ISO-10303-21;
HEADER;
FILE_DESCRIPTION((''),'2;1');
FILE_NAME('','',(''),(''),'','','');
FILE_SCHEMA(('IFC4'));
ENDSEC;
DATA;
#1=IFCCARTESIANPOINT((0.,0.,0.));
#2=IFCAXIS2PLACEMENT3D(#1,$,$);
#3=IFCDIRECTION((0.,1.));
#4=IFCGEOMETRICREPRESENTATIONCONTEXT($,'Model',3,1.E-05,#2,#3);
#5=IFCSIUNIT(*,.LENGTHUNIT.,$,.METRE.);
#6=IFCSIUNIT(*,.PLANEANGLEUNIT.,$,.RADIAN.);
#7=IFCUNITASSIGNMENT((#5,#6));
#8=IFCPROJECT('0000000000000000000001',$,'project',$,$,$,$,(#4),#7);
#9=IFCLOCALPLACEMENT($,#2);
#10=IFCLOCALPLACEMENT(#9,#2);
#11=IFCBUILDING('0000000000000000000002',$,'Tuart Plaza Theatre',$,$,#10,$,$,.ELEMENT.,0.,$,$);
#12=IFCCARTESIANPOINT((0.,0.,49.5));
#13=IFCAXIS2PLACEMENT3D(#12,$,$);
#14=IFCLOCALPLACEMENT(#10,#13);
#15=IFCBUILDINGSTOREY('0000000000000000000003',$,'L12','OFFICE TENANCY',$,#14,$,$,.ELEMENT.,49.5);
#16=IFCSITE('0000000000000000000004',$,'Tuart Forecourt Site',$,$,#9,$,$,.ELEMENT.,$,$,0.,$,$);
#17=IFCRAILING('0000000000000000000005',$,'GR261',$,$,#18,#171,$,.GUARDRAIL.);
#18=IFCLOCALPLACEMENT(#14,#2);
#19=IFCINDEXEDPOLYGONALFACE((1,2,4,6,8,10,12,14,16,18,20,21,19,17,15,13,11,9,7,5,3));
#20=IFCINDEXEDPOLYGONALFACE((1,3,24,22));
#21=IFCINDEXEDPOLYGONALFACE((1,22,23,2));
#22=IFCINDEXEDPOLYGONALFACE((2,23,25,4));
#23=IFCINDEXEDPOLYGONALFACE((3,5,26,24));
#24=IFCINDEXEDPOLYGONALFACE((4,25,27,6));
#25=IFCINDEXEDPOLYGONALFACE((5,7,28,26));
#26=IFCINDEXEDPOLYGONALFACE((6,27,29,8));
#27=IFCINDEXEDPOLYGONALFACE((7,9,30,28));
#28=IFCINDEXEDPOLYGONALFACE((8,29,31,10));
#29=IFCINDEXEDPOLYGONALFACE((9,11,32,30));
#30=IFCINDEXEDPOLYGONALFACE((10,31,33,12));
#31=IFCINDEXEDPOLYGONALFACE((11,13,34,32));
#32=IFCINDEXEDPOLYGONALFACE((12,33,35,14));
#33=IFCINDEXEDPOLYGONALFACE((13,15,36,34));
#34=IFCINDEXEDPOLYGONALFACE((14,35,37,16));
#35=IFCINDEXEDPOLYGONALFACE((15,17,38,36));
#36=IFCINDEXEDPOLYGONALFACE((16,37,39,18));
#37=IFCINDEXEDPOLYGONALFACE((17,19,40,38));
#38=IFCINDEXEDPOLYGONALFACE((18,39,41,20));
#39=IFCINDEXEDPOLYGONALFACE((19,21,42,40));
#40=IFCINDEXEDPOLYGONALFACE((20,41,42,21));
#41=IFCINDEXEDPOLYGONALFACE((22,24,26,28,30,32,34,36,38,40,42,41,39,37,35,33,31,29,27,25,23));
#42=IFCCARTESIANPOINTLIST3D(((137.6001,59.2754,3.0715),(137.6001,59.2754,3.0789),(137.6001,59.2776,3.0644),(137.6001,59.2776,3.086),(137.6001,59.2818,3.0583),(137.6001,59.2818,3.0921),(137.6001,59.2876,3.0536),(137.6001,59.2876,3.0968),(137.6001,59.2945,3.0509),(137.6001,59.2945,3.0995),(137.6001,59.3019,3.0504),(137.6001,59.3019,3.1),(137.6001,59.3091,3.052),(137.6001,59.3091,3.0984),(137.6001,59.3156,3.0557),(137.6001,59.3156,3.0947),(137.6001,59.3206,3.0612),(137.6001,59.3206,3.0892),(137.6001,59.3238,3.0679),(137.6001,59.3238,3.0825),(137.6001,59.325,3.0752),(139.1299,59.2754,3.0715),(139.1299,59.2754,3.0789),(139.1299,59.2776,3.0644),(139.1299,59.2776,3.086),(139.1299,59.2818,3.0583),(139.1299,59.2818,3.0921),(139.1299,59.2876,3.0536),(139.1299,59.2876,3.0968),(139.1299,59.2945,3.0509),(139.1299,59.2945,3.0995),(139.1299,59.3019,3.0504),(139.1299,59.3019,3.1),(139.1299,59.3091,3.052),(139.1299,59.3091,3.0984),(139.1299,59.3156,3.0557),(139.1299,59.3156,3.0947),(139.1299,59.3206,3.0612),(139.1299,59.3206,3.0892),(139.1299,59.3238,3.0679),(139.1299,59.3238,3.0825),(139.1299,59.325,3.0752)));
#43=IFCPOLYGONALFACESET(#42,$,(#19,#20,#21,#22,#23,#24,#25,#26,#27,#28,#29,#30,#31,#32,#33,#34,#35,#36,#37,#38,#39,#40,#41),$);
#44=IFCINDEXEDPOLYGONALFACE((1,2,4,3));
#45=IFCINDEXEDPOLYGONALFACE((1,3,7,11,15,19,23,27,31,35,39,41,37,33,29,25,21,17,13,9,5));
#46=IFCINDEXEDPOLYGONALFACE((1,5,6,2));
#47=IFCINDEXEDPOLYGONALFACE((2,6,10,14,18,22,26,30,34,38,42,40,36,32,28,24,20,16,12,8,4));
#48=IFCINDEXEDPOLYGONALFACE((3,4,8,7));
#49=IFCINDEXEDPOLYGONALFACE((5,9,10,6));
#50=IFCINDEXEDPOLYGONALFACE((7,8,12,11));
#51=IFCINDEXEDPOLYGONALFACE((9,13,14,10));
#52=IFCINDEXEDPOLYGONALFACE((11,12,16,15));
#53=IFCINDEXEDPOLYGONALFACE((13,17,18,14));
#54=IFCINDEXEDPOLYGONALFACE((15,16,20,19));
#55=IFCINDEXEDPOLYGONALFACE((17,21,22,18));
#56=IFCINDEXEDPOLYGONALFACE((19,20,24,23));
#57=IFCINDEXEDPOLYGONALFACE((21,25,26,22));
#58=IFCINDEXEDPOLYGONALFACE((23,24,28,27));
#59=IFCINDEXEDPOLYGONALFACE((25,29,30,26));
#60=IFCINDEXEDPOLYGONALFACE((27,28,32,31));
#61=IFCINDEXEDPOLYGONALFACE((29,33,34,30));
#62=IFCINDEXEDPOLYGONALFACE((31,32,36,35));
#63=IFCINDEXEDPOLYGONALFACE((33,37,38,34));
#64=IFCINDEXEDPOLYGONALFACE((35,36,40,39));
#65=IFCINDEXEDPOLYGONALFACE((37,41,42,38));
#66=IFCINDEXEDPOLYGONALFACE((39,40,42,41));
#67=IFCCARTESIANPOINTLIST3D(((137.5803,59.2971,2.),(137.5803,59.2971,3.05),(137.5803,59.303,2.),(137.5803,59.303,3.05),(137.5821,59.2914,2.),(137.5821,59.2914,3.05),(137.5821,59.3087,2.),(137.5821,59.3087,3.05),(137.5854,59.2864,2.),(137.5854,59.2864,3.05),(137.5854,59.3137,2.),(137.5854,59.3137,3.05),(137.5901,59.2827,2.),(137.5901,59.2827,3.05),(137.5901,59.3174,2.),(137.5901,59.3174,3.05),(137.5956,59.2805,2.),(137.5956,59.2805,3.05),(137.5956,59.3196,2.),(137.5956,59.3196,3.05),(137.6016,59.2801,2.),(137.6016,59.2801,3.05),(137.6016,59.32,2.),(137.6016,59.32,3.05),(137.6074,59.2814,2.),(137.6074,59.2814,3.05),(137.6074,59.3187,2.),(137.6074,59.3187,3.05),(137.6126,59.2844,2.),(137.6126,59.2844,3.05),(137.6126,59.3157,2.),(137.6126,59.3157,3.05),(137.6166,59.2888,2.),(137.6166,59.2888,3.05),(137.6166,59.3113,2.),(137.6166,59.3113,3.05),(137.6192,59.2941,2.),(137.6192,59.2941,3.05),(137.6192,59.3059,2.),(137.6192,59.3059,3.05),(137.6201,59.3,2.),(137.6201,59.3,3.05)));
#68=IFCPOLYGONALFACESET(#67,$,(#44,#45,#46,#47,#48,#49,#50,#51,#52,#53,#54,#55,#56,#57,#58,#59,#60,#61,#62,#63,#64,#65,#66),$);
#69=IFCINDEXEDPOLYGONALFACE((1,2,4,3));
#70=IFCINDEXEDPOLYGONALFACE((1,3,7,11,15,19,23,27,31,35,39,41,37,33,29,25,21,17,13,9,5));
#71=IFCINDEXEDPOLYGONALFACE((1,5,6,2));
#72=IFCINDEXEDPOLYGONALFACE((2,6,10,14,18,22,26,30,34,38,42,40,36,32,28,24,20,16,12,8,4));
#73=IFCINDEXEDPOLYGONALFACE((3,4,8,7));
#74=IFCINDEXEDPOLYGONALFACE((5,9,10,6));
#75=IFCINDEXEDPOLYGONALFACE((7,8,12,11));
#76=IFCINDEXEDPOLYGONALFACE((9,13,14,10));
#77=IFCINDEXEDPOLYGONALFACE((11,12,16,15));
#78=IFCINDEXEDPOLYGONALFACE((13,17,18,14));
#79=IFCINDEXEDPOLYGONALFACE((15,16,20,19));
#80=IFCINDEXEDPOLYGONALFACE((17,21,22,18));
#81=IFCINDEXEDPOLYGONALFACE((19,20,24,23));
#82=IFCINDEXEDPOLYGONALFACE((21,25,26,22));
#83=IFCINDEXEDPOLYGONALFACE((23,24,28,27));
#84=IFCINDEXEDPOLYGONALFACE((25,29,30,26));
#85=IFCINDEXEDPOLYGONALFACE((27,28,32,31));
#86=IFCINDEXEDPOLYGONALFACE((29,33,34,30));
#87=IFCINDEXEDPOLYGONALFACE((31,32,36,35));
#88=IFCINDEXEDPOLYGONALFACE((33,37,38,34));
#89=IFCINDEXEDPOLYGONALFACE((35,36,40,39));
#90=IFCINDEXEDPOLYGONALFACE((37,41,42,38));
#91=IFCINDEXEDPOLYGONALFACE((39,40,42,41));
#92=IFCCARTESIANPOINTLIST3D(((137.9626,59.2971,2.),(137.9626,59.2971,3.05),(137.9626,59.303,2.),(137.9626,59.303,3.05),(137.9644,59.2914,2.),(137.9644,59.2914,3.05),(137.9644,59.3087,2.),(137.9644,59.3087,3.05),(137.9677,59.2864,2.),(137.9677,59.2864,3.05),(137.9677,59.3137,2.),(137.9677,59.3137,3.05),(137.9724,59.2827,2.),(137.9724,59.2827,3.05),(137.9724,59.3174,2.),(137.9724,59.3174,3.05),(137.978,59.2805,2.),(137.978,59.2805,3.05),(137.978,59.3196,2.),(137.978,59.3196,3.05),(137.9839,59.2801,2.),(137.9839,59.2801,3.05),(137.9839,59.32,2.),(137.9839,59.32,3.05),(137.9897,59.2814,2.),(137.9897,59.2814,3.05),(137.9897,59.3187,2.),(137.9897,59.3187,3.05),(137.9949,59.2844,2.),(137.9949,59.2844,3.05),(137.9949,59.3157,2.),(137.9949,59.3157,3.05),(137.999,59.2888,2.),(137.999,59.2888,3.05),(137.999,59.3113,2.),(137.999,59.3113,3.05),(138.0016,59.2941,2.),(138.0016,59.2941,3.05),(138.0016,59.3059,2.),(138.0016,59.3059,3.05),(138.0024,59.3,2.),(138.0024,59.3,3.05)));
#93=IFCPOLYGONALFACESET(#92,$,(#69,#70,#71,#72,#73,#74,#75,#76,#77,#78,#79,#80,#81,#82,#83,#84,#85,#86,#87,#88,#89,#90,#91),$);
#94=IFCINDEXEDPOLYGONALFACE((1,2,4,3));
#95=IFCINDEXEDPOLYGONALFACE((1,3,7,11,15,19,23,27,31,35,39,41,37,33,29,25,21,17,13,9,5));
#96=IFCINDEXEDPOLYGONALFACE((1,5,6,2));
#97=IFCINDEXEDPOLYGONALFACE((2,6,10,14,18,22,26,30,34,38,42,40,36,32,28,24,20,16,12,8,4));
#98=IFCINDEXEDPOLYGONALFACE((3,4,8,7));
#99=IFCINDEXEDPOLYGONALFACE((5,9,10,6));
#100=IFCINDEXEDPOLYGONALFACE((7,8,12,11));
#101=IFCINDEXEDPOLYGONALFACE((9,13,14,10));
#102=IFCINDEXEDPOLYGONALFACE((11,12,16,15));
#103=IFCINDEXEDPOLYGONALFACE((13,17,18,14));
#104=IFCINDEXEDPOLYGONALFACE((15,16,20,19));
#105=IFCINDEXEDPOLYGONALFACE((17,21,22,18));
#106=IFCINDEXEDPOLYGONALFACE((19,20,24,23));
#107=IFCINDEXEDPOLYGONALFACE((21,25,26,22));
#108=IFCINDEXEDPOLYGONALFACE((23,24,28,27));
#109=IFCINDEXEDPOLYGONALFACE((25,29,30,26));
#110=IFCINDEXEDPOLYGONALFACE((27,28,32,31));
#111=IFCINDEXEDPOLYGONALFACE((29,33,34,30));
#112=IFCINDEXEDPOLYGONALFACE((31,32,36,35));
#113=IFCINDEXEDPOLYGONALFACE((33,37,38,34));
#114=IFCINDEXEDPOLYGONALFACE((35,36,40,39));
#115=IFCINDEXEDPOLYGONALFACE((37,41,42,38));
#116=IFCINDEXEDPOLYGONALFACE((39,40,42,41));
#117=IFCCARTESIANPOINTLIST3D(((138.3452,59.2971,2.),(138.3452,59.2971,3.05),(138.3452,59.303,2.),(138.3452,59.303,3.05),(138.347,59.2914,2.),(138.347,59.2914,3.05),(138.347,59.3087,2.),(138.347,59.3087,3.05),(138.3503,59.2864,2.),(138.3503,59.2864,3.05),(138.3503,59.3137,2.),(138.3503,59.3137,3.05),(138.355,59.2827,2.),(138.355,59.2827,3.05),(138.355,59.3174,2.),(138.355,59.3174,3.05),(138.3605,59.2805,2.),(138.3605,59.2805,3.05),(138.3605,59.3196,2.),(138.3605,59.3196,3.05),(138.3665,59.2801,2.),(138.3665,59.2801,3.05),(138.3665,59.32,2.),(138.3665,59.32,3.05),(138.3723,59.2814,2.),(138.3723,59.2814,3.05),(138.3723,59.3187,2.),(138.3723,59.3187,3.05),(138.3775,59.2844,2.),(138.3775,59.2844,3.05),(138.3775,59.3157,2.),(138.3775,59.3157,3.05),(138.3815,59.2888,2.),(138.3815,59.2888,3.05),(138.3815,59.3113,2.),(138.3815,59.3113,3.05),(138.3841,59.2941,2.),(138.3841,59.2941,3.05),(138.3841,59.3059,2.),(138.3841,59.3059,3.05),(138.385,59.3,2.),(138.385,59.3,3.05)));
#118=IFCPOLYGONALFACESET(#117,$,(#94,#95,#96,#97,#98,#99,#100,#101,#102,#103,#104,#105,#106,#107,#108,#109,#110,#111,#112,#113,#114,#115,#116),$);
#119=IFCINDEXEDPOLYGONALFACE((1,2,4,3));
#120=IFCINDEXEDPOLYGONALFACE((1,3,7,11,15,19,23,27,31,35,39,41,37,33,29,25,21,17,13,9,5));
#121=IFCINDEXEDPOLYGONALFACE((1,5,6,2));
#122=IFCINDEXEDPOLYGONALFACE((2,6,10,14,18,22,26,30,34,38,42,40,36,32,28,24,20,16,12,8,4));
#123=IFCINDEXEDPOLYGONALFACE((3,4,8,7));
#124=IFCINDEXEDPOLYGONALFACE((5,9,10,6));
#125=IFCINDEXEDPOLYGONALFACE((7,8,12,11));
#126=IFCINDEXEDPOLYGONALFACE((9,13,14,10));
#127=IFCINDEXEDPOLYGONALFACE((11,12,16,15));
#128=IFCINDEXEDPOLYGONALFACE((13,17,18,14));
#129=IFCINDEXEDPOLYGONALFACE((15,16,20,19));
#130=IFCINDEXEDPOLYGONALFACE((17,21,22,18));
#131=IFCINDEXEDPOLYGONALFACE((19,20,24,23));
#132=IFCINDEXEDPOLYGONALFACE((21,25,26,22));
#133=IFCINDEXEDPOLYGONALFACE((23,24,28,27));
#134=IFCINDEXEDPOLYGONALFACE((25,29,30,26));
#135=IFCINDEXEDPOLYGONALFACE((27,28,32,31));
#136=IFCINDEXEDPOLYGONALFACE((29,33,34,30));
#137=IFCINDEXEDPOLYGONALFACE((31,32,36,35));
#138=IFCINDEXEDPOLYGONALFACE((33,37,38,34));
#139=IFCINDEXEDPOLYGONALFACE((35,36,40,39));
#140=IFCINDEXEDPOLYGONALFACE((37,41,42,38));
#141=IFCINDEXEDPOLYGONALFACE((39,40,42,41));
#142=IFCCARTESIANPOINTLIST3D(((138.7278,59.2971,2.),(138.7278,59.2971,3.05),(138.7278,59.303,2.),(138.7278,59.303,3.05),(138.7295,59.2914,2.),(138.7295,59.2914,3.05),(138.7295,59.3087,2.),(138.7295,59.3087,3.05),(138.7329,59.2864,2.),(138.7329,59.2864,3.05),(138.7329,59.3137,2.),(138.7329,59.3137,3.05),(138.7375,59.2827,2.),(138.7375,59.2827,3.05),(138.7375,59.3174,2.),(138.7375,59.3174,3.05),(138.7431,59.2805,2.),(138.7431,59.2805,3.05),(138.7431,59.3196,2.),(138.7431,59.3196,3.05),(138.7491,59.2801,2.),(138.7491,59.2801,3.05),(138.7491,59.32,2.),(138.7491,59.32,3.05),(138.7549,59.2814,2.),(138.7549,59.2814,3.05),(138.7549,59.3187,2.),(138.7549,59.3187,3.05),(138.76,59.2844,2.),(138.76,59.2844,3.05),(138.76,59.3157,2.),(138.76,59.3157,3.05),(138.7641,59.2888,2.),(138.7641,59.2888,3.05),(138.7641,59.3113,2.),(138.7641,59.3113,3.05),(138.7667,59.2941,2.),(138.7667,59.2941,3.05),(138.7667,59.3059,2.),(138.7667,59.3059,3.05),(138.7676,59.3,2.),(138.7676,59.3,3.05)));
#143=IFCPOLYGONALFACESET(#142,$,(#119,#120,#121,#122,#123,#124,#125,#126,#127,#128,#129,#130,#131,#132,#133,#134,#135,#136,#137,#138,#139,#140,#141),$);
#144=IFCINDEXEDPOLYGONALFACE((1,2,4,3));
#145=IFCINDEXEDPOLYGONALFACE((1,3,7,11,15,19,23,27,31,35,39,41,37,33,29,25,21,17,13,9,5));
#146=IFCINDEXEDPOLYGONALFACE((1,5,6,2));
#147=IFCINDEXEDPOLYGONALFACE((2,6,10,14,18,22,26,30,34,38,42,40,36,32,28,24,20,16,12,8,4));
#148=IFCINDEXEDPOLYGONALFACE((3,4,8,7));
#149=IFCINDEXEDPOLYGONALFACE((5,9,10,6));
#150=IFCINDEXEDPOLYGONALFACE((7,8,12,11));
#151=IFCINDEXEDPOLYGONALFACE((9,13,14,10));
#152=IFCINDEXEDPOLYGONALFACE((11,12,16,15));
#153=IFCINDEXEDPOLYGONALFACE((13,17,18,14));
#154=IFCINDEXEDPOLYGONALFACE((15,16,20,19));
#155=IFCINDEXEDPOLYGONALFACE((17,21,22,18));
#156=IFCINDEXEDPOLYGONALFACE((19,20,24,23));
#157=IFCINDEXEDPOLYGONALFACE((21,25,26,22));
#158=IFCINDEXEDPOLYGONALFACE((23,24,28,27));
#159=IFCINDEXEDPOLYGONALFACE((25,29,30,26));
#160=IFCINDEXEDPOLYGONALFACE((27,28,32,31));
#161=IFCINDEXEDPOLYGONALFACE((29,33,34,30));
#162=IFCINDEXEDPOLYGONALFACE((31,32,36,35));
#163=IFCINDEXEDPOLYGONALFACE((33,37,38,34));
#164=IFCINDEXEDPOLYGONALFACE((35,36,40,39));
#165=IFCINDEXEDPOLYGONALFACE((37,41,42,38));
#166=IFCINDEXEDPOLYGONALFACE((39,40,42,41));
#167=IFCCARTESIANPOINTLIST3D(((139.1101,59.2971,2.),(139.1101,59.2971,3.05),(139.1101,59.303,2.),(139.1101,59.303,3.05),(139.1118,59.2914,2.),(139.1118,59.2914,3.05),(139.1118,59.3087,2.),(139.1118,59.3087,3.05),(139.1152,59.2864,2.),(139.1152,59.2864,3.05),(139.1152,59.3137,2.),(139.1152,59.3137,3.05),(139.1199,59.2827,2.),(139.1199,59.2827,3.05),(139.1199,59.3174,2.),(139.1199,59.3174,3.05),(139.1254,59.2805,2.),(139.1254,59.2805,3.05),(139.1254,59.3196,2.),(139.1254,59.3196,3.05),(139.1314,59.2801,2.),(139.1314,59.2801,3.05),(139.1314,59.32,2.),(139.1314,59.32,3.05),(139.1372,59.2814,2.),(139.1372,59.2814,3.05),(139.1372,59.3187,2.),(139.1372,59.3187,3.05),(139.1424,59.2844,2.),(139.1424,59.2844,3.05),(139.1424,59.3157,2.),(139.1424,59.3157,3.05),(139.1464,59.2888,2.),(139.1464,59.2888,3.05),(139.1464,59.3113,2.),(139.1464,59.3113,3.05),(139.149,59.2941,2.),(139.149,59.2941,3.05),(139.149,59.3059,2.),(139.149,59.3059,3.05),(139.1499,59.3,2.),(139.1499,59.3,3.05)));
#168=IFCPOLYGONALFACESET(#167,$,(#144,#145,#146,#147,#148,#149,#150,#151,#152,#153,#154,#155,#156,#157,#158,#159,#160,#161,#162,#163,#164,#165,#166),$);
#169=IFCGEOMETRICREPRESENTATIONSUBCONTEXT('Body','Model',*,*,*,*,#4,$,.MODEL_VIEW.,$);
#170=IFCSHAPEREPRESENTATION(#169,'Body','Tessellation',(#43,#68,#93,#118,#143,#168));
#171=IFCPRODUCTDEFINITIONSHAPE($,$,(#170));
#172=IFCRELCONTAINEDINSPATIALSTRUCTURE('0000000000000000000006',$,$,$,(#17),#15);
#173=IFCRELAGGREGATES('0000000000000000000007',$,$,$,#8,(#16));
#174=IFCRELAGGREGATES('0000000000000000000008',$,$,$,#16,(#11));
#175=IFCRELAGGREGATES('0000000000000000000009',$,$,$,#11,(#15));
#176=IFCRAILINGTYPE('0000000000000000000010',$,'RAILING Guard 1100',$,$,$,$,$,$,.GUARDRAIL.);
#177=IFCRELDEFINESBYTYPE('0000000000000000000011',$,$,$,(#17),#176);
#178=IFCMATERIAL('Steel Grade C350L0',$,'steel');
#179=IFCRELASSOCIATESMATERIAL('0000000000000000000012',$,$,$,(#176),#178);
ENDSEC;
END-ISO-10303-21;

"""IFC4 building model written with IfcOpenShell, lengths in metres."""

from ifc_helpers import new_model, si_unit, direction, frame, origin, origin_2d, place, context, subcontext, project, spatial, circle, extrude, material, type_object, element, save


model = new_model("IFC4")

# Units and contexts
model_context = context("Model", 3, precision=1e-05, world=origin(), true_north=direction((0.0, 1.0)))
body_context = subcontext(model_context, "Body", "Model", "MODEL_VIEW")
ifc_project = project(units=[si_unit("LENGTHUNIT", "METRE"), si_unit("PLANEANGLEUNIT", "RADIAN")], contexts=[model_context])

# Site, building, storey
site_placement = place(None, origin())
site = spatial("IfcSite", under=ifc_project, at=site_placement, Name="Tuart Forecourt Site", CompositionType="ELEMENT", RefElevation=0.0)
building_placement = place(site_placement, origin())
building = spatial("IfcBuilding", under=site, at=building_placement, Name="Tuart Plaza Theatre", CompositionType="ELEMENT", ElevationOfRefHeight=0.0)
storey_placement = place(building_placement, frame((0.0, 0.0, 49.5)))
storey = spatial("IfcBuildingStorey", under=building, at=storey_placement, Name="L12", Description="OFFICE TENANCY", CompositionType="ELEMENT", Elevation=49.5)

# Railing
ifc_material_1 = material(Name="Steel Grade C350L0", Category="steel")
railing_type_1 = type_object("IfcRailingType", Name="RAILING Guard 1100", PredefinedType="GUARDRAIL", material=ifc_material_1)
railing_1_placement = place(storey_placement, frame((137.6001, 59.3, 2.0)))
element("IfcRailing", 1, at=railing_1_placement, inside=storey, type_object=railing_type_1, Name="GR261", PredefinedType="GUARDRAIL", context=body_context, shape_type="SweptSolid", body=[
    extrude(circle(Radius=0.0249, at=origin_2d()), frame((0.0, 0.0, 1.0752), z_axis=(1.0, 0.0, 0.0), x_axis=(0.0, 1.0, 0.0)), (0.0, 0.0, 1.0), 1.5298),
    extrude(circle(Radius=0.02, at=origin_2d()), origin(), (0.0, 0.0, 1.0), 1.05),
    extrude(circle(Radius=0.02, at=origin_2d()), frame((0.3823, 0.0, 0.0)), (0.0, 0.0, 1.0), 1.05),
    extrude(circle(Radius=0.02, at=origin_2d()), frame((0.7649, 0.0, 0.0)), (0.0, 0.0, 1.0), 1.05),
    extrude(circle(Radius=0.02, at=origin_2d()), frame((1.1475, 0.0, 0.0)), (0.0, 0.0, 1.0), 1.05),
    extrude(circle(Radius=0.02, at=origin_2d()), frame((1.5298, 0.0, 0.0)), (0.0, 0.0, 1.0), 1.05),
])

save(model, "model.ifc")
